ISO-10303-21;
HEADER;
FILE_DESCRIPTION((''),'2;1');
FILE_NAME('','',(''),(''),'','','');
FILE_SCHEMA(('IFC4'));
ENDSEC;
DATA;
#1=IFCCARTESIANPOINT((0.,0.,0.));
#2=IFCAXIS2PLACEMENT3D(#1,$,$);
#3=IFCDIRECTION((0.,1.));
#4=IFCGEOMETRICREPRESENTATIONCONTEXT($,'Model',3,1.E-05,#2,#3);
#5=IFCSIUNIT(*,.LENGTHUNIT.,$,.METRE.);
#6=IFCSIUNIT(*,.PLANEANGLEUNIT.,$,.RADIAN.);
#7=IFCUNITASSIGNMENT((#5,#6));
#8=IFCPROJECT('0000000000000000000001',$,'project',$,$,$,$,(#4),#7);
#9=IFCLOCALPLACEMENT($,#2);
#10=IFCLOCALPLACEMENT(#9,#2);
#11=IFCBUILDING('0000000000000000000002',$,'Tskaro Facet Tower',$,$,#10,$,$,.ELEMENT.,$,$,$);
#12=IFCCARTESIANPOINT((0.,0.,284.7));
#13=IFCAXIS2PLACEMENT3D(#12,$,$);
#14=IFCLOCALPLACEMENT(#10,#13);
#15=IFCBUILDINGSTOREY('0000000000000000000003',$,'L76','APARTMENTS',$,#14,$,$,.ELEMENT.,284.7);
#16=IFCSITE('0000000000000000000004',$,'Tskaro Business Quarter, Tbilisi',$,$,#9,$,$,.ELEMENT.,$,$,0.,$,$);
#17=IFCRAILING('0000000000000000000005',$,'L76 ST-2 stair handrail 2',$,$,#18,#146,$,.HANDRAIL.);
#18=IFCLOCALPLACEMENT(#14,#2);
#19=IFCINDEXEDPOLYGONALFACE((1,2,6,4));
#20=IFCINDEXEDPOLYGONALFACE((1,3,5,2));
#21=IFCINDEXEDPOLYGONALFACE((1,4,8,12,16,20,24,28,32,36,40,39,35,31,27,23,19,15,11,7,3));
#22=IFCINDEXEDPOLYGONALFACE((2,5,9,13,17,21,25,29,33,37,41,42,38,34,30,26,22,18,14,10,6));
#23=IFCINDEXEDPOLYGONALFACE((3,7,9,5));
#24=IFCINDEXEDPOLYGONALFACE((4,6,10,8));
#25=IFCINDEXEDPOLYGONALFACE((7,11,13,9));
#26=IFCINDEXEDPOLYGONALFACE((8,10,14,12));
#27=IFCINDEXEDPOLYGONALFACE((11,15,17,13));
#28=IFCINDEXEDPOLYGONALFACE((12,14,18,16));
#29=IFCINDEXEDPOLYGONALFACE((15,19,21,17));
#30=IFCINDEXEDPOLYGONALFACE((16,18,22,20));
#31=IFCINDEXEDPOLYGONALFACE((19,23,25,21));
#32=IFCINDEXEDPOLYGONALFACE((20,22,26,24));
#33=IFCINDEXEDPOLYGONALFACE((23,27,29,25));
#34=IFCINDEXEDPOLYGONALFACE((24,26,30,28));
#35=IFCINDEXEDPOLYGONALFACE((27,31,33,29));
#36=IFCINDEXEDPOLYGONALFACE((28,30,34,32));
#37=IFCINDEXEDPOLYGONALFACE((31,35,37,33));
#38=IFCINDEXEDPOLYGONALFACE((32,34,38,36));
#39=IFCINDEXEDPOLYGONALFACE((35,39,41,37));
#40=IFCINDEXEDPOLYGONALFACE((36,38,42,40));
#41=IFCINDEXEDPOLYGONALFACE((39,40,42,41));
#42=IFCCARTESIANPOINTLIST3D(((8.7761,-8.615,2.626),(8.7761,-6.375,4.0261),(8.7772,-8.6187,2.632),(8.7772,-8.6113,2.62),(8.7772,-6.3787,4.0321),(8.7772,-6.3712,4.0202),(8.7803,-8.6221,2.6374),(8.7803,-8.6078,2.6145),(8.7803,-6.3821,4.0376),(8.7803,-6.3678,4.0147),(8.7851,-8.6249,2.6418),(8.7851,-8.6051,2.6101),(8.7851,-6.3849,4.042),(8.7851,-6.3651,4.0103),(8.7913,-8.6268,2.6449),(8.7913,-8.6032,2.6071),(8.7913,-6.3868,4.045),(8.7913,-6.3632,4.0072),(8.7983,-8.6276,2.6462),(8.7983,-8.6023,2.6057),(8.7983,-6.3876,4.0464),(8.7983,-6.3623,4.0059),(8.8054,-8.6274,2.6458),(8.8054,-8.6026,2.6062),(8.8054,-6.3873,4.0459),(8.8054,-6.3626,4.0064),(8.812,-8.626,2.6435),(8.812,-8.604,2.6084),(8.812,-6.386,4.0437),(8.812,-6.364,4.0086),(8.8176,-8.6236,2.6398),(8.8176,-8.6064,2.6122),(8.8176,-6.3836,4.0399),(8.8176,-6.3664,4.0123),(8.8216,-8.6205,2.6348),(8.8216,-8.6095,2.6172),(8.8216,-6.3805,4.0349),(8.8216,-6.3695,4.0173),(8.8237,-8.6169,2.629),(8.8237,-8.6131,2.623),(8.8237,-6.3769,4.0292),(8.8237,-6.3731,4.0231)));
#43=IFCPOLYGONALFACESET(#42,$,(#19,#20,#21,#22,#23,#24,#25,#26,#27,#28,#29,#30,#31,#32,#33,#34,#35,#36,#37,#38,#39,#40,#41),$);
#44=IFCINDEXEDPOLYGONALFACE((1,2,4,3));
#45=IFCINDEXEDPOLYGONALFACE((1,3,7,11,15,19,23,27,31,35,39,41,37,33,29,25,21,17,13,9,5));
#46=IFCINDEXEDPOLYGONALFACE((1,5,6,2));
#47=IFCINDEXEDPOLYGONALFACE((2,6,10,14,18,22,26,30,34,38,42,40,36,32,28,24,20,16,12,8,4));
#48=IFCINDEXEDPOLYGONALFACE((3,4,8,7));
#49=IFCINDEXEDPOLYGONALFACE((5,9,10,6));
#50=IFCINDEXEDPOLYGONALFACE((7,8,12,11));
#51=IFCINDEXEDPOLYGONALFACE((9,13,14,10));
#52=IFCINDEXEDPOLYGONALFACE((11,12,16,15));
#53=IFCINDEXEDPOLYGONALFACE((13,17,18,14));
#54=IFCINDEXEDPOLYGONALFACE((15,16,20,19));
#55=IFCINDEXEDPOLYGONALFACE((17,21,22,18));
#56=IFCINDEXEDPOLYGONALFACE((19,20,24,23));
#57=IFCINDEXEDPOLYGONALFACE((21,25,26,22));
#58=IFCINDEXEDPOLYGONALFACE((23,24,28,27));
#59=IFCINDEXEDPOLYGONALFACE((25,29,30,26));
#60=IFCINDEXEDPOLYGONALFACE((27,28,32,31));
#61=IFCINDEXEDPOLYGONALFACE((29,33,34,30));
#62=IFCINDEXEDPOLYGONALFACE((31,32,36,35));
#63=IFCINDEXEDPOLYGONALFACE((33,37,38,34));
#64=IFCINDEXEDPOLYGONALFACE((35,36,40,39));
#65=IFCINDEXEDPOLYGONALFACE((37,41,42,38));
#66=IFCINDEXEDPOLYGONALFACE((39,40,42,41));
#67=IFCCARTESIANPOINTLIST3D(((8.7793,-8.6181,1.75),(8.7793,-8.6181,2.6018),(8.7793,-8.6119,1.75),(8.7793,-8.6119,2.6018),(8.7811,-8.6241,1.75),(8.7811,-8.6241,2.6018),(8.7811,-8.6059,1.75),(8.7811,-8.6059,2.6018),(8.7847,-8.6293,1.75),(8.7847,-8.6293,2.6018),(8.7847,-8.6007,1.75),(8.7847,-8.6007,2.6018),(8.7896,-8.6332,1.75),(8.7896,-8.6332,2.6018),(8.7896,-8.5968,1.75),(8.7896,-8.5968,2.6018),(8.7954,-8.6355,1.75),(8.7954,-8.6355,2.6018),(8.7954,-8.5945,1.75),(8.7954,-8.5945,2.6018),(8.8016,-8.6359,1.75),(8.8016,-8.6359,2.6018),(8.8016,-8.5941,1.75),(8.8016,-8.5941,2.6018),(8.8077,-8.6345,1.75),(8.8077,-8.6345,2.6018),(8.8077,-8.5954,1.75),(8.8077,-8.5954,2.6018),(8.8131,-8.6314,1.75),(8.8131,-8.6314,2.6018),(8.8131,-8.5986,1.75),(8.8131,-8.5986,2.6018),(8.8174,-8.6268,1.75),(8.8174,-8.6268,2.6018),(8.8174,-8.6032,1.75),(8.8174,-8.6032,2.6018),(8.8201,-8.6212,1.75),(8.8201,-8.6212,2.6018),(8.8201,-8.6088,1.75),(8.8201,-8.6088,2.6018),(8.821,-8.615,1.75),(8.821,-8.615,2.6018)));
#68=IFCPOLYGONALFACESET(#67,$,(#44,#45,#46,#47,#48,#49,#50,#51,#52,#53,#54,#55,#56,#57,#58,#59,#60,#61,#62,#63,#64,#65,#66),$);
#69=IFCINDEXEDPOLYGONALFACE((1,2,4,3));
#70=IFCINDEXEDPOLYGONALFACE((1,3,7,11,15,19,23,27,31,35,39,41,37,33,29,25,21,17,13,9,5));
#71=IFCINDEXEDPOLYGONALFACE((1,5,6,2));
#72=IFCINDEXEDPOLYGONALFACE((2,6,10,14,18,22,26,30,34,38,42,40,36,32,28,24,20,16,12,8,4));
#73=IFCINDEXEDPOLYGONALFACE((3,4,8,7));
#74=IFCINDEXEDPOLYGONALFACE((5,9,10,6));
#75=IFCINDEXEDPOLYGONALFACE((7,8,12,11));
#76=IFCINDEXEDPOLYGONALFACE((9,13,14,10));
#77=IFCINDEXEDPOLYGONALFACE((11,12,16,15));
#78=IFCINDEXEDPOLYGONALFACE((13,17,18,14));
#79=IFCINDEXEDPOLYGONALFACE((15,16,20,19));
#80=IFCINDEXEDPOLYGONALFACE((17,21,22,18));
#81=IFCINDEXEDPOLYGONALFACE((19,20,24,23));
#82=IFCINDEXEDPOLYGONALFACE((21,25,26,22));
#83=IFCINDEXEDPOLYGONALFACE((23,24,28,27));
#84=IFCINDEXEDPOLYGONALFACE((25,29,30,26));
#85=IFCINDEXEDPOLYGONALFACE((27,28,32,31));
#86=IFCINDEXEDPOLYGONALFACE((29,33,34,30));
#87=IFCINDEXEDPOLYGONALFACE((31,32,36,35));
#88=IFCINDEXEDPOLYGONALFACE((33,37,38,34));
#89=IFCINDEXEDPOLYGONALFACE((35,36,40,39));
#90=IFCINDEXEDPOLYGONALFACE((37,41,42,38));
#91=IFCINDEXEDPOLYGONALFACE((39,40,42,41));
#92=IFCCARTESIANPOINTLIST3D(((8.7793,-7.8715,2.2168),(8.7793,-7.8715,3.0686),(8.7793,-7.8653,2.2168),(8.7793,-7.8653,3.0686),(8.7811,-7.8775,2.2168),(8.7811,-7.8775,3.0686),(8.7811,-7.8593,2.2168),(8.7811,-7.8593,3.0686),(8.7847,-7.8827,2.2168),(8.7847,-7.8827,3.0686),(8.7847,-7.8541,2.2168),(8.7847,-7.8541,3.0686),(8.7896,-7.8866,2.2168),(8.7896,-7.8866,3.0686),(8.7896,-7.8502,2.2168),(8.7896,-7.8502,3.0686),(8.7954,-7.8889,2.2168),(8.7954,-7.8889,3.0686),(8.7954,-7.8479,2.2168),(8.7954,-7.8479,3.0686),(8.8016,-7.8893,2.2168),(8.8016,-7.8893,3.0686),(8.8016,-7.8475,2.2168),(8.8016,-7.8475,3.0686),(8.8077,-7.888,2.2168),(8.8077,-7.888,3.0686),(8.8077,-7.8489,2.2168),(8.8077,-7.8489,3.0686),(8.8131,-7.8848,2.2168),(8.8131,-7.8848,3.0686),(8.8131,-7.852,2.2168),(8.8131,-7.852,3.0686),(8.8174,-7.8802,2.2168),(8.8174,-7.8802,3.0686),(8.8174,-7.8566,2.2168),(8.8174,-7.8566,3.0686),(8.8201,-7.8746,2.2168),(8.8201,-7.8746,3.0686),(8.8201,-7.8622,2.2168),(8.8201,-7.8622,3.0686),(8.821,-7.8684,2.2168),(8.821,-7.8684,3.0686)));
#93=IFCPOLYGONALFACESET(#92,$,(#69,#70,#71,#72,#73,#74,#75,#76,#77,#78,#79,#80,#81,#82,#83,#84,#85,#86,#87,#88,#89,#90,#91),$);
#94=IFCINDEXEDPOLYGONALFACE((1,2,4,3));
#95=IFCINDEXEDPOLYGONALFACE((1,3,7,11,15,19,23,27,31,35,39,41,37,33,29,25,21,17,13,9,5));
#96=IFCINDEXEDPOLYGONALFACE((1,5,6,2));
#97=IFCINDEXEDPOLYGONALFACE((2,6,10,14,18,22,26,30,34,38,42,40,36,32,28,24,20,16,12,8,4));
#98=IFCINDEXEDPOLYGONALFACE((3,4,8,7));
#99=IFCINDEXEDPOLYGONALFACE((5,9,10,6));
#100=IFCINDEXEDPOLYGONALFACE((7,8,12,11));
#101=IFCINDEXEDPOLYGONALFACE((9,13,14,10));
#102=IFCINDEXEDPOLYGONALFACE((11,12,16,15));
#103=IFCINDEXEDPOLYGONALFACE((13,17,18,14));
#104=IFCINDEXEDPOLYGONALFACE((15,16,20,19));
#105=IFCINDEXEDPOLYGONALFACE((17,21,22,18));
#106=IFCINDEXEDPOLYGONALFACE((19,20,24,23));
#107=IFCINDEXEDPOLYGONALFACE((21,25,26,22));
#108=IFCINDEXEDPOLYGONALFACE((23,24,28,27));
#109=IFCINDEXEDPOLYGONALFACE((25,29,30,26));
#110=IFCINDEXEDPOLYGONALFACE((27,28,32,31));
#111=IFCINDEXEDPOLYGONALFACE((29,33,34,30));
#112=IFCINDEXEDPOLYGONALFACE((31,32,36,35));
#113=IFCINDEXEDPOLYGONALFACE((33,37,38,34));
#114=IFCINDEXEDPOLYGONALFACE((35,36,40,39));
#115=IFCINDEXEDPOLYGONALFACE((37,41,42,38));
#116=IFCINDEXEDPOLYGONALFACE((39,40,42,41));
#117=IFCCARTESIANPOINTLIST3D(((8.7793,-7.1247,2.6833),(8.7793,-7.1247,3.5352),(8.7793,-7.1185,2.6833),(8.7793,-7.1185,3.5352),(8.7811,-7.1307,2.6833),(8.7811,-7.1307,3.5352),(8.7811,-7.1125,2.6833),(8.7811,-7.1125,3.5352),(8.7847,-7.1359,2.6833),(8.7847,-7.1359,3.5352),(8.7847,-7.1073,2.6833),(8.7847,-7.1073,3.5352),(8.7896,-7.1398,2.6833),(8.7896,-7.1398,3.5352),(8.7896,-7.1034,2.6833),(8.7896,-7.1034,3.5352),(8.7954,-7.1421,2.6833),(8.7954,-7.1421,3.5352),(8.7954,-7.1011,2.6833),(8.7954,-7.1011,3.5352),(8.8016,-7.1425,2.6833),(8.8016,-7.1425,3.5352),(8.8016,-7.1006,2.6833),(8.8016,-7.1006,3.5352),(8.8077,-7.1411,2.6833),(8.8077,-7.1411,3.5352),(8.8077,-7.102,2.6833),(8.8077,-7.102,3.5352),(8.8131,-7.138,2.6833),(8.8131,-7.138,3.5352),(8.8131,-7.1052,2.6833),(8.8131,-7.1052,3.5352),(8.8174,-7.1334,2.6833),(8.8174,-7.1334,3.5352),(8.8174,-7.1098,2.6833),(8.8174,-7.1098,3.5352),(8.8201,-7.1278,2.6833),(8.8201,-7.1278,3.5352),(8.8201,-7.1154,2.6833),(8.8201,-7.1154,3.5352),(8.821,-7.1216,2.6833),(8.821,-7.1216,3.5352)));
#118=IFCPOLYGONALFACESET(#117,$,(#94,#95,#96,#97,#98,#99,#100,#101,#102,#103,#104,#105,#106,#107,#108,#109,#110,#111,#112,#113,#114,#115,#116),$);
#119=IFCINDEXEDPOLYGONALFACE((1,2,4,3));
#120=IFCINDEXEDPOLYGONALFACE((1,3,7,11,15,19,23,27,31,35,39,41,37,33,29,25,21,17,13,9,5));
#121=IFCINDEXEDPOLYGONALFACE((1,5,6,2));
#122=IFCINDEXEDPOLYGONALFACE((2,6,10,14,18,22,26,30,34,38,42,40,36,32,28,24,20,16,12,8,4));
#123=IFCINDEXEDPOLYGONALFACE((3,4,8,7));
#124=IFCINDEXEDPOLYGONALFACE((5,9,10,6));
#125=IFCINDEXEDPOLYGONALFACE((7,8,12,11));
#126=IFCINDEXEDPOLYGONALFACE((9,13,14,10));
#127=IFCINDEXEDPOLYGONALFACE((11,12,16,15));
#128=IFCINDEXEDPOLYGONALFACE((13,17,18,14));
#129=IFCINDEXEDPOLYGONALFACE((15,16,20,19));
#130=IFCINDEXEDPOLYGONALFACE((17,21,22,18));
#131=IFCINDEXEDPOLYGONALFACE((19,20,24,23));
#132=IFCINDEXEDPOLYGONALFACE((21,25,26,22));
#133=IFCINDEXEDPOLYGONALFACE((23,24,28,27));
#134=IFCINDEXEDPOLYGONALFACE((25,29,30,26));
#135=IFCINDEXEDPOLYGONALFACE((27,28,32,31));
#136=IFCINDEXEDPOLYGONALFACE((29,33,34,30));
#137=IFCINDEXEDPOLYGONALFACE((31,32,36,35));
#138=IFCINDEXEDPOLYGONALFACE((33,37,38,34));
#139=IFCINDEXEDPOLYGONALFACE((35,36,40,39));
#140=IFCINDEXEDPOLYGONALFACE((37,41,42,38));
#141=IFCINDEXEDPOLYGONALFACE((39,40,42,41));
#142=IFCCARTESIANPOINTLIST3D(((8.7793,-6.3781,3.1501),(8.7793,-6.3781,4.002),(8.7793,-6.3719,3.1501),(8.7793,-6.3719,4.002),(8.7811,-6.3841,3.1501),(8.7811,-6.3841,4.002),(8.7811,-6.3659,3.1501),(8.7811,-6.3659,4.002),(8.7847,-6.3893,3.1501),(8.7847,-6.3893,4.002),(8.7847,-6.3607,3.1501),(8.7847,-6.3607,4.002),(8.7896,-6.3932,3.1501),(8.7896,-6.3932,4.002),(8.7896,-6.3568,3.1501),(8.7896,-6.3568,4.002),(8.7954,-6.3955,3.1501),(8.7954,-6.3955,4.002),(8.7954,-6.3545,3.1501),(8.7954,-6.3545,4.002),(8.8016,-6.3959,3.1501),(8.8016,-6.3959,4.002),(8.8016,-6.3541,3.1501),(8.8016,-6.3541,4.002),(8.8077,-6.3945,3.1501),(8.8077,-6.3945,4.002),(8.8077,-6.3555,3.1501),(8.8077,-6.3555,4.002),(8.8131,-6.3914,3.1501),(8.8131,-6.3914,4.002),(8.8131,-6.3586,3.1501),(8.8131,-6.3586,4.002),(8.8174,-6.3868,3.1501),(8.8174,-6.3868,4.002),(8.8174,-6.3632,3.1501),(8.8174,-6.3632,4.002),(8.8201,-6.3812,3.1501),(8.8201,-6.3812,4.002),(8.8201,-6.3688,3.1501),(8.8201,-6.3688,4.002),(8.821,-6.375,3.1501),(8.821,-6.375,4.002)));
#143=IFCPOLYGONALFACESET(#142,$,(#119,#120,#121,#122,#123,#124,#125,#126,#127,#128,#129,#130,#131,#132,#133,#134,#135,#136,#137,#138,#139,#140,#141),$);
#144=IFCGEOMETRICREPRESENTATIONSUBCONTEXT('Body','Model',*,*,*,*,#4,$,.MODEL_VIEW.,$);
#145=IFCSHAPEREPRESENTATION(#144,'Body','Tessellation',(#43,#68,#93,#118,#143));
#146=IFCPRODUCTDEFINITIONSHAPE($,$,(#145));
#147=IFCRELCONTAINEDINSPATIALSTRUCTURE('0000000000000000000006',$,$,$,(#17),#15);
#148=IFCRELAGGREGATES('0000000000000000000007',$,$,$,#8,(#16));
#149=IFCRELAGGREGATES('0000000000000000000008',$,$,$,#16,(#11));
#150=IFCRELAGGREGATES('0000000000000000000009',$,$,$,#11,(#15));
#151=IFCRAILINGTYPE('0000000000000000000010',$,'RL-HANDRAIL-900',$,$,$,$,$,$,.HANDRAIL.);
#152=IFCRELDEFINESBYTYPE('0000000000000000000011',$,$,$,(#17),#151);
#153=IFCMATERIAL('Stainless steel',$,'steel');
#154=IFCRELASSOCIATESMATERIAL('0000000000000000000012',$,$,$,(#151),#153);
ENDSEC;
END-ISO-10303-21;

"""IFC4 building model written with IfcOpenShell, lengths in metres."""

from ifc_helpers import new_model, si_unit, direction, frame, origin, origin_2d, place, context, subcontext, project, spatial, circle, extrude, material, type_object, element, save


model = new_model("IFC4")

# Units and contexts
model_context = context("Model", 3, precision=1e-05, world=origin(), true_north=direction((0.0, 1.0)))
body_context = subcontext(model_context, "Body", "Model", "MODEL_VIEW")
ifc_project = project(units=[si_unit("LENGTHUNIT", "METRE"), si_unit("PLANEANGLEUNIT", "RADIAN")], contexts=[model_context])

# Site, building, storey
site_placement = place(None, origin())
site = spatial("IfcSite", under=ifc_project, at=site_placement, Name="Tskaro Business Quarter, Tbilisi", CompositionType="ELEMENT", RefElevation=0.0)
building_placement = place(site_placement, origin())
building = spatial("IfcBuilding", under=site, at=building_placement, Name="Tskaro Facet Tower", CompositionType="ELEMENT")
storey_placement = place(building_placement, frame((0.0, 0.0, 284.7)))
storey = spatial("IfcBuildingStorey", under=building, at=storey_placement, Name="L76", Description="APARTMENTS", CompositionType="ELEMENT", Elevation=284.7)

# Railing
ifc_material_1 = material(Name="Stainless steel", Category="steel")
railing_type_1 = type_object("IfcRailingType", Name="RL-HANDRAIL-900", PredefinedType="HANDRAIL", material=ifc_material_1)
railing_1_placement = place(storey_placement, frame((8.8, -8.615, 1.75)))
element("IfcRailing", 1, at=railing_1_placement, inside=storey, type_object=railing_type_1, Name="L76 ST-2 stair handrail 2", PredefinedType="HANDRAIL", context=body_context, shape_type="SweptSolid", body=[
    extrude(circle(Radius=0.0239, at=origin_2d()), frame((0.0, 0.0, 0.876), z_axis=(0.0, 0.847972, 0.53004), x_axis=(-1.0, 0.0, 0.0)), (0.0, 0.0, 1.0), 2.6416),
    extrude(circle(Radius=0.021, at=origin_2d()), origin(), (0.0, 0.0, 1.0), 0.8518),
    extrude(circle(Radius=0.021, at=origin_2d()), frame((0.0, 0.7466, 0.4668)), (0.0, 0.0, 1.0), 0.8518),
    extrude(circle(Radius=0.021, at=origin_2d()), frame((0.0, 1.4934, 0.9333)), (0.0, 0.0, 1.0), 0.8518),
    extrude(circle(Radius=0.021, at=origin_2d()), frame((0.0, 2.24, 1.4001)), (0.0, 0.0, 1.0), 0.8518),
])

save(model, "model.ifc")
